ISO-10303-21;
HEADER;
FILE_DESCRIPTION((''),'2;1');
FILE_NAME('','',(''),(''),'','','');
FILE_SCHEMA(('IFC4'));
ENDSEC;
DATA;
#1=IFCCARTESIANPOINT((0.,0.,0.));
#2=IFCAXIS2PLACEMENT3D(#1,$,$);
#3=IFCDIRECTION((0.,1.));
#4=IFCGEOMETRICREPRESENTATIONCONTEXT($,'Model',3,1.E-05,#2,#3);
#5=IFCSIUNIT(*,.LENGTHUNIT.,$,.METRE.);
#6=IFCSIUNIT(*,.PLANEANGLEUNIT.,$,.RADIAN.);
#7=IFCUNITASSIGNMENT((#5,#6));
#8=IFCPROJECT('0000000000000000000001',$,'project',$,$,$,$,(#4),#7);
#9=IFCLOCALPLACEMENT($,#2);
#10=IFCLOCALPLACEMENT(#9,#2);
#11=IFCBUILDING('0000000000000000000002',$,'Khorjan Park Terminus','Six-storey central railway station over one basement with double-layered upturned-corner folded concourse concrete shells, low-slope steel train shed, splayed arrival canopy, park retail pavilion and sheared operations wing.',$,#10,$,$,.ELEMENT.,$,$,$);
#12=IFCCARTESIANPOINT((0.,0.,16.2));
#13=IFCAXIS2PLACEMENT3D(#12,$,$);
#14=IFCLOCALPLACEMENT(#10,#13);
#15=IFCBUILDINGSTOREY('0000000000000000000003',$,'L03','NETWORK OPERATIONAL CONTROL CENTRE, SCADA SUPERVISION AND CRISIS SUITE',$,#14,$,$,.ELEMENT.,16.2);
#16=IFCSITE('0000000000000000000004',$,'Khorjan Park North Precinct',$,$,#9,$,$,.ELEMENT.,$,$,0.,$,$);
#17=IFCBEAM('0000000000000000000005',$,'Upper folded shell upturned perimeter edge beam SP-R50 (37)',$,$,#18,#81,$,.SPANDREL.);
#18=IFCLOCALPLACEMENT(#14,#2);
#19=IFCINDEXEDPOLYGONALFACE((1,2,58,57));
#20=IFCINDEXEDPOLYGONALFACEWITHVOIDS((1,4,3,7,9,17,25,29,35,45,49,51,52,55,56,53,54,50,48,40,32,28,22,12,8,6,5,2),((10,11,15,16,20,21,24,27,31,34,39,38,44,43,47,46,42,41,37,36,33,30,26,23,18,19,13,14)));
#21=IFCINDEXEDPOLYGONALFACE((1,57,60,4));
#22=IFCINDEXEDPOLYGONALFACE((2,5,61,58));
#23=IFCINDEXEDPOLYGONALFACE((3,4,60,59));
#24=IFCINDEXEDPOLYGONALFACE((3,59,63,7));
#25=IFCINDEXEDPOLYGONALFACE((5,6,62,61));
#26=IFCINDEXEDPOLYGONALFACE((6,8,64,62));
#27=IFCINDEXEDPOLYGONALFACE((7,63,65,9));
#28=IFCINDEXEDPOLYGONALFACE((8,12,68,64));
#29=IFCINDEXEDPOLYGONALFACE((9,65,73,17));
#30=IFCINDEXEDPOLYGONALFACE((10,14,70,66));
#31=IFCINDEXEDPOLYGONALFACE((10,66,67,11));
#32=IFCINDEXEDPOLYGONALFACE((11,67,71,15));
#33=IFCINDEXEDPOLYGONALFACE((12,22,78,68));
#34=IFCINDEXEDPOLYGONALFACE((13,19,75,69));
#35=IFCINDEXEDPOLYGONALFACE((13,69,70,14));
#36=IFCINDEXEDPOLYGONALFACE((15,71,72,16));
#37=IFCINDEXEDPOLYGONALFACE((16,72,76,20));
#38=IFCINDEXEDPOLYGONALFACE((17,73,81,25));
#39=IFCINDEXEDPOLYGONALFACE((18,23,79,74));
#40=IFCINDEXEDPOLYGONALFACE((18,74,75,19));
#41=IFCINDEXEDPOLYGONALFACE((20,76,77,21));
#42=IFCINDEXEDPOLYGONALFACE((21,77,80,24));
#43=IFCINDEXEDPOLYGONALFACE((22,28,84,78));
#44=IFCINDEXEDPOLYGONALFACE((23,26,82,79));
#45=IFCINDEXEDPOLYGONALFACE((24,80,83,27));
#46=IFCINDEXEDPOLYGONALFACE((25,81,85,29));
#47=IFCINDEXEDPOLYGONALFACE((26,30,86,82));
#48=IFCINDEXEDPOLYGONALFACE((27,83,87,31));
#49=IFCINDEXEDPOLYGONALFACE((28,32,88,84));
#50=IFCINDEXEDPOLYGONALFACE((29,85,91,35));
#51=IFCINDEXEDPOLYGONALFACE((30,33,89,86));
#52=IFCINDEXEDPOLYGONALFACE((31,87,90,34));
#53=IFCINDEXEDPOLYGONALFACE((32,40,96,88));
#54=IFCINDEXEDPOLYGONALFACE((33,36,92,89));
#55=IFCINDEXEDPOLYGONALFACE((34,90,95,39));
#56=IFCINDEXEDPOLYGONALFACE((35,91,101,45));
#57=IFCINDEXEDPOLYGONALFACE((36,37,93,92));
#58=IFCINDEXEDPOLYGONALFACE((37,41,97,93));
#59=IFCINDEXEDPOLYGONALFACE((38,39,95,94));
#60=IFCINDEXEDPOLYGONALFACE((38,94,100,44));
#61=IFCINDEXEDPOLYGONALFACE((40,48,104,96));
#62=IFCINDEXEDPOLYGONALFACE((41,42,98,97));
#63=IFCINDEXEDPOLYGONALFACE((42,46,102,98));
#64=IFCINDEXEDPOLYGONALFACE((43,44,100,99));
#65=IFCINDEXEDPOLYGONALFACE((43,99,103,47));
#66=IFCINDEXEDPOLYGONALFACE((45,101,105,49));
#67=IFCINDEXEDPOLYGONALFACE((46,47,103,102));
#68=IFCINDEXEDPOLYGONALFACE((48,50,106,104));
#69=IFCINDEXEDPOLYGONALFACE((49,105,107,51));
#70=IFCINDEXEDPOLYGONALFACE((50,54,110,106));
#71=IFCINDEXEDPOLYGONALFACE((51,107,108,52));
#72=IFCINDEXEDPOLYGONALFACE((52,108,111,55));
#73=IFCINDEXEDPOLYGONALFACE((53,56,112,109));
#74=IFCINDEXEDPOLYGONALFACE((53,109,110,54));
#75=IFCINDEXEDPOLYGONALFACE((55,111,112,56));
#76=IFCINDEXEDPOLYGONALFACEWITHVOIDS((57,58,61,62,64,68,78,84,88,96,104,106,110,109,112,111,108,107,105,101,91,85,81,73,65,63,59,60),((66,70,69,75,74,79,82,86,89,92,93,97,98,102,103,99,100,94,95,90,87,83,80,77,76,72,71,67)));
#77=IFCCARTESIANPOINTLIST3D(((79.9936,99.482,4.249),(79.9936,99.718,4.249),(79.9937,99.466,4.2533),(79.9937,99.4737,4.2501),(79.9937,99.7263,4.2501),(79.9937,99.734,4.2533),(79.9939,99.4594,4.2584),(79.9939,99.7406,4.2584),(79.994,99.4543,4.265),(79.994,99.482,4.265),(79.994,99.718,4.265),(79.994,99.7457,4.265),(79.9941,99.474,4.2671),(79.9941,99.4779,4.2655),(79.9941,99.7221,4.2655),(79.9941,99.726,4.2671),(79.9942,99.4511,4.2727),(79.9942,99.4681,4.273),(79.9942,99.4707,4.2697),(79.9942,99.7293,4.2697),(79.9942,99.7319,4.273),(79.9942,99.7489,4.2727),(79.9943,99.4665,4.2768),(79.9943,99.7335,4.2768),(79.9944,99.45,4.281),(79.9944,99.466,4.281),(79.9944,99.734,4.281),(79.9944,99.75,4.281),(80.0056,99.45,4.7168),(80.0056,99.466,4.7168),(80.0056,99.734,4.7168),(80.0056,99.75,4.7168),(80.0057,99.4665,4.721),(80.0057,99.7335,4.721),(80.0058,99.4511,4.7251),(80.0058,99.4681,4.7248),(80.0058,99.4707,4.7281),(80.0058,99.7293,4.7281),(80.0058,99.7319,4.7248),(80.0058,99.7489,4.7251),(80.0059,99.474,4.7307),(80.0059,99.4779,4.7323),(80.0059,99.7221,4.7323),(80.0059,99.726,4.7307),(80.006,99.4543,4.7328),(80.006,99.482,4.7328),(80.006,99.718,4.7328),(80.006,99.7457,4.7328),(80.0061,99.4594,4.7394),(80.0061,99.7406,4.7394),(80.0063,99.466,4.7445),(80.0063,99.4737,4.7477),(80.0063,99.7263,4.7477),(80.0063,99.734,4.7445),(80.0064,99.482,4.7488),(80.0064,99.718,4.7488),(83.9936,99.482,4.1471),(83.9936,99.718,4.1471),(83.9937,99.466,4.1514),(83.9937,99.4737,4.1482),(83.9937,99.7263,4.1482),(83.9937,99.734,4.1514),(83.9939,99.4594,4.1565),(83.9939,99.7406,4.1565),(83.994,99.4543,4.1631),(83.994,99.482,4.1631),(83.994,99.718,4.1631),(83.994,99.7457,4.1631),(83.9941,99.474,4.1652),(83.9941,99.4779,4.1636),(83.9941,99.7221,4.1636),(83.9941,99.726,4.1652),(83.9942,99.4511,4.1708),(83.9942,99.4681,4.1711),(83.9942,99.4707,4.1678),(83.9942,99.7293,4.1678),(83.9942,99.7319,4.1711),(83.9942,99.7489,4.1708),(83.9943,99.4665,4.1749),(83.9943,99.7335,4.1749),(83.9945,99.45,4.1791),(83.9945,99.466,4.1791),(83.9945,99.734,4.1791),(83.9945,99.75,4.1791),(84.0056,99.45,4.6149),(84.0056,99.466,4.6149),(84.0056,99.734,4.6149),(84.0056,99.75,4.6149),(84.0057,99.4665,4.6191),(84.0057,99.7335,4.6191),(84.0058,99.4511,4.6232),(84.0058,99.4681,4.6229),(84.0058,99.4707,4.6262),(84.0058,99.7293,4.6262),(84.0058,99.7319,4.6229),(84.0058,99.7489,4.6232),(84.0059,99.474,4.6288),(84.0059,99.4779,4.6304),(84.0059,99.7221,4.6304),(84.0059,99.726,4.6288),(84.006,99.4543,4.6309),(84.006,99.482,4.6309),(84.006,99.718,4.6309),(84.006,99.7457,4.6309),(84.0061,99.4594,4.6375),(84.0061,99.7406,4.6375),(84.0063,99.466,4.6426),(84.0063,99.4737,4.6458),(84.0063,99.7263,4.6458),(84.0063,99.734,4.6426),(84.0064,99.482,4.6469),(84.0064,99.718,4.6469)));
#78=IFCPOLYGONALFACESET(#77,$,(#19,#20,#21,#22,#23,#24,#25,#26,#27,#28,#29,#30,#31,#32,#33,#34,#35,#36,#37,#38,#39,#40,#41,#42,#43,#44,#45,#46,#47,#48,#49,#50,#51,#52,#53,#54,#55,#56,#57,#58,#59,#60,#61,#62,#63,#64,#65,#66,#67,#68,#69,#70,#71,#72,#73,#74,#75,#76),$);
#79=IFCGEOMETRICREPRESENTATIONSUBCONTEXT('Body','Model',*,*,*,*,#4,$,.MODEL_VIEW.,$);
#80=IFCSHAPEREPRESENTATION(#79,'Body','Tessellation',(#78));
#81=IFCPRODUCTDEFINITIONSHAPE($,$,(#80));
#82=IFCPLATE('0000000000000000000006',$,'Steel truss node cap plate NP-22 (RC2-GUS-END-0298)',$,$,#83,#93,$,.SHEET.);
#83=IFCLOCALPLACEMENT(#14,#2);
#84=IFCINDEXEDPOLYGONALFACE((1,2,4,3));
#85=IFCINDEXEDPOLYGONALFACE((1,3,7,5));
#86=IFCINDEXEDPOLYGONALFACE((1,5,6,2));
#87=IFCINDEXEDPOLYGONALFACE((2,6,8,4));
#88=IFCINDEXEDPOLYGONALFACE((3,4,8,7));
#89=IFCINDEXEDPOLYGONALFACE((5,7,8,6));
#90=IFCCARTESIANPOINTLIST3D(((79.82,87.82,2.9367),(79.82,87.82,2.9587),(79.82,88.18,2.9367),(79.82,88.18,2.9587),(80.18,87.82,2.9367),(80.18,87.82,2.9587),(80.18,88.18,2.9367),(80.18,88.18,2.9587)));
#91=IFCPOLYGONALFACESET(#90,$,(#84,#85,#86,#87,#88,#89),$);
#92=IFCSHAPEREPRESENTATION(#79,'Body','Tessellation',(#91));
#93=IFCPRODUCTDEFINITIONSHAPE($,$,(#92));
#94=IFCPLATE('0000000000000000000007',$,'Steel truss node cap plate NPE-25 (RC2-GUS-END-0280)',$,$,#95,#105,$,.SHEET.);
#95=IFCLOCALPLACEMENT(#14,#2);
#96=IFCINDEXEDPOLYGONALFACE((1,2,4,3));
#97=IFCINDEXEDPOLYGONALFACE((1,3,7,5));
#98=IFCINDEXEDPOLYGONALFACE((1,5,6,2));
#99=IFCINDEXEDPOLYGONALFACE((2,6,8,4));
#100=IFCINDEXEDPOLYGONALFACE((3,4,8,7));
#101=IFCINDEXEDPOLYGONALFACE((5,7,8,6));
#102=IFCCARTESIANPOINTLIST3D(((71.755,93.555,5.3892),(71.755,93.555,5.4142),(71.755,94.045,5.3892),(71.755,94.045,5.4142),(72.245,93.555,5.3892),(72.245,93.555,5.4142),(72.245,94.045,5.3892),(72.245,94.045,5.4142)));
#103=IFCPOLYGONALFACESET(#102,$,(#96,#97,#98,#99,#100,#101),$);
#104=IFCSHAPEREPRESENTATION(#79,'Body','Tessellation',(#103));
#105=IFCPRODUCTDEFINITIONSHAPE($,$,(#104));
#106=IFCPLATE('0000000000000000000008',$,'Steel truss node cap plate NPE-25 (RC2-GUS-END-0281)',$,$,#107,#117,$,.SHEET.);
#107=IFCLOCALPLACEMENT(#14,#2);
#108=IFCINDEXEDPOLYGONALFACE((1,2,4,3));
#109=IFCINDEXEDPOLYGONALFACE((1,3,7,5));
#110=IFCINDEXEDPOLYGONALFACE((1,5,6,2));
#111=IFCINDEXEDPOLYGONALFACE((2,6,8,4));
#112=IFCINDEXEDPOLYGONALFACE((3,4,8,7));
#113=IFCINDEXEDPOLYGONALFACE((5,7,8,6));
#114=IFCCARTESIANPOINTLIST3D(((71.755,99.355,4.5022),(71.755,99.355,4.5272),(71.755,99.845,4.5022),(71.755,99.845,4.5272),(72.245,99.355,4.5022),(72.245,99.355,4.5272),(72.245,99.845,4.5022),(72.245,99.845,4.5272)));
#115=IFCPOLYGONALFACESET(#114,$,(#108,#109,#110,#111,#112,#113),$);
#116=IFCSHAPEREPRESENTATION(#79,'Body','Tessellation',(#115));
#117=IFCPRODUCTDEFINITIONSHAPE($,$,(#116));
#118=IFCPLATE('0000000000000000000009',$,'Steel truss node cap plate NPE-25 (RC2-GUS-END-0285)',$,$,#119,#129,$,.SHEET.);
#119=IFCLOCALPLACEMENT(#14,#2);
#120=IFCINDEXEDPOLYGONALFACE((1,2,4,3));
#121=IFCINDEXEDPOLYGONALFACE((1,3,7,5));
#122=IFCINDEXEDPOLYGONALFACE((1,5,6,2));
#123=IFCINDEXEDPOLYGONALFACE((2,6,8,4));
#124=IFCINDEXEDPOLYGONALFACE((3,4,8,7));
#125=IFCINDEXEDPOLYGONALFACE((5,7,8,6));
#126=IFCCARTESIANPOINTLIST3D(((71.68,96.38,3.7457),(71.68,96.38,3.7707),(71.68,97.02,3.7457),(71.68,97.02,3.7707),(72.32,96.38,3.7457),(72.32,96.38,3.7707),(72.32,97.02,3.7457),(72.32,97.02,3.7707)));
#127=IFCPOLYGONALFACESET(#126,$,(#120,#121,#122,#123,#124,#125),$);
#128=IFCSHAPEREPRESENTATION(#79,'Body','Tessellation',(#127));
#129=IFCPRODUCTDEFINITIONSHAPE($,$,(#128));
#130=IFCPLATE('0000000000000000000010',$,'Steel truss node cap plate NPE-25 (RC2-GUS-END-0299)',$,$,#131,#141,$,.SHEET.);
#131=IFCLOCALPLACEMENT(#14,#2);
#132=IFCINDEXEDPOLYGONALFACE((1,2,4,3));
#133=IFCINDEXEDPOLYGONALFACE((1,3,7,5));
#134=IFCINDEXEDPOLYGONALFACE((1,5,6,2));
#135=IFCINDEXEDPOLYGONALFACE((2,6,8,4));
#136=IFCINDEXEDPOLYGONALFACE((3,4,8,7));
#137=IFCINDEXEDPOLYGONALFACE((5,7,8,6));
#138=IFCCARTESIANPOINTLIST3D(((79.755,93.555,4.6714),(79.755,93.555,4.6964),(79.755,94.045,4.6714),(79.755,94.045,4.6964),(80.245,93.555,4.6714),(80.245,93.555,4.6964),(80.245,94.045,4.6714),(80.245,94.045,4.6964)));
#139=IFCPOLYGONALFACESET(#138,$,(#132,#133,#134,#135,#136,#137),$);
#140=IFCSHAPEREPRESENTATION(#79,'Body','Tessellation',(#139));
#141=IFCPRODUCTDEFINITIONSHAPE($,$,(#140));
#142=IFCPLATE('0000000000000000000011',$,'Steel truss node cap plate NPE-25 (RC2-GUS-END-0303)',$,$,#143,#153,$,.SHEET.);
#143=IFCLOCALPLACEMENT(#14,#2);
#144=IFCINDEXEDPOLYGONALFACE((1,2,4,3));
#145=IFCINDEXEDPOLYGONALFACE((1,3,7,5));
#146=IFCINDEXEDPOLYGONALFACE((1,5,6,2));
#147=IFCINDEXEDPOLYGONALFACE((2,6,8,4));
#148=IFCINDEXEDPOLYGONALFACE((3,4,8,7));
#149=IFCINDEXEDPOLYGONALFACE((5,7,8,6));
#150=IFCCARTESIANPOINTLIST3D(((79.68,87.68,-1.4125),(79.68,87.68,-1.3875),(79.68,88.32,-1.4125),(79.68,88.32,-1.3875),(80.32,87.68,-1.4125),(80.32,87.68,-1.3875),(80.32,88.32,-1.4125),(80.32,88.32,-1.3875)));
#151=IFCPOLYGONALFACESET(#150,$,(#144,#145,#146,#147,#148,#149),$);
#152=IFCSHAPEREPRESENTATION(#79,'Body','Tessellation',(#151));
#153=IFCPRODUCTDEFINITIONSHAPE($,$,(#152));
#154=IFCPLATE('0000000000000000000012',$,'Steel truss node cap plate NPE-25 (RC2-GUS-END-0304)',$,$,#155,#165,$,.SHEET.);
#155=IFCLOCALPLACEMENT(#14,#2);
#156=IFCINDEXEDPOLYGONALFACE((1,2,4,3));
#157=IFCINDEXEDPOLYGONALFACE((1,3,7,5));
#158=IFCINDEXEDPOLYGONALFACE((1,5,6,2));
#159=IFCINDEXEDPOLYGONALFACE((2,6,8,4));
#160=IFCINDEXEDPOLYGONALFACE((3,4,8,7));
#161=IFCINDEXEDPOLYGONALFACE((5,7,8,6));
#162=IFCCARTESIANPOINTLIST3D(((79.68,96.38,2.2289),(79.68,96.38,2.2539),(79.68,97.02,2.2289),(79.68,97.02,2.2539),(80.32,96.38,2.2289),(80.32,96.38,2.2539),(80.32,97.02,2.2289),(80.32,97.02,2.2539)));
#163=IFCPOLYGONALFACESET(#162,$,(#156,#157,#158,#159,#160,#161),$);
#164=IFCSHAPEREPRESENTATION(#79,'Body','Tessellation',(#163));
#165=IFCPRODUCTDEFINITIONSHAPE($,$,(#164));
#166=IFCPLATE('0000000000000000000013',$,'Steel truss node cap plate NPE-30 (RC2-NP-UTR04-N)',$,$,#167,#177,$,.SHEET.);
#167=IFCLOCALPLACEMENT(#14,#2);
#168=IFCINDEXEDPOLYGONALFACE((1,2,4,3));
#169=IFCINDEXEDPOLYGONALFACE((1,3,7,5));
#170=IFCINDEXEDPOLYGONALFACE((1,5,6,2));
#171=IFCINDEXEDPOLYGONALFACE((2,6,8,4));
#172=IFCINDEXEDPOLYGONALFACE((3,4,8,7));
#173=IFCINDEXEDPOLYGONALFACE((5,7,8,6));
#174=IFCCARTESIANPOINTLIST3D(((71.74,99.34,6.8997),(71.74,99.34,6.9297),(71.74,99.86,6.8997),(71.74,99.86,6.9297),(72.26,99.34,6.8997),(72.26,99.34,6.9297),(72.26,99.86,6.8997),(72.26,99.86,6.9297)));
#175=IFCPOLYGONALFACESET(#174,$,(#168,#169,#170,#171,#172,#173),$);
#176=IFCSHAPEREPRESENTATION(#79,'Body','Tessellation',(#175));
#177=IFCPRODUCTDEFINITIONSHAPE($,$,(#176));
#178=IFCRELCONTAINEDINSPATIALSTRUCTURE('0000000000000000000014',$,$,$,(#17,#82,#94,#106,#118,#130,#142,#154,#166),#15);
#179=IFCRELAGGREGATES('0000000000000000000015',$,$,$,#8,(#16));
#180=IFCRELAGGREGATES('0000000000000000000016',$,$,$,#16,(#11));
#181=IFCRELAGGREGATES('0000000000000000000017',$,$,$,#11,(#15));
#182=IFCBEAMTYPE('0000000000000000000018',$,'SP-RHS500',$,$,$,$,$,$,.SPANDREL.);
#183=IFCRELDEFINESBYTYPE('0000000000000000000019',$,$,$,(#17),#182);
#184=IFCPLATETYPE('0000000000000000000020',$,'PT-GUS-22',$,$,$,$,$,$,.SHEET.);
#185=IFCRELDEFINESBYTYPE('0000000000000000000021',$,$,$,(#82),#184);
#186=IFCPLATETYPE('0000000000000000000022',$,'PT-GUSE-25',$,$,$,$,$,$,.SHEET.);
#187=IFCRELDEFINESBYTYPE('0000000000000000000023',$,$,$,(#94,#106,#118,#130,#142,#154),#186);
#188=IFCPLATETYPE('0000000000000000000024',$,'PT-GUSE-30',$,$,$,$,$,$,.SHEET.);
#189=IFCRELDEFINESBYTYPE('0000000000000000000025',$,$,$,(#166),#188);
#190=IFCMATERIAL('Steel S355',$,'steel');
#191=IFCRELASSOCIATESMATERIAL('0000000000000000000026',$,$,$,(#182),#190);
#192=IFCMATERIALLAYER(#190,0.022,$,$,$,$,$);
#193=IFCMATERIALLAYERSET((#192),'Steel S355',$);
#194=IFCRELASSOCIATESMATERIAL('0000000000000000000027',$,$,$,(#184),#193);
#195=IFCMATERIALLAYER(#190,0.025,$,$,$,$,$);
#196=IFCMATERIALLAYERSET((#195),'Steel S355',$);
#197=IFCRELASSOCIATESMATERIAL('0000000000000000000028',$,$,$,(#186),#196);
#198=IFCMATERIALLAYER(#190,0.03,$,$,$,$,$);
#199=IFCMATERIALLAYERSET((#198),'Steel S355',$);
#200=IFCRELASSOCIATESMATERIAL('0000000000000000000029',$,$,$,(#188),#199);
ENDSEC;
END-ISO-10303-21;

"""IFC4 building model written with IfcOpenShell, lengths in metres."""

from ifc_helpers import new_model, si_unit, direction, frame, origin, origin_2d, place, context, subcontext, project, spatial, rectangle, hollow_rectangle, extrude, material, layer, layer_set, material_profile, profile_set, type_object, element, save


model = new_model("IFC4")

# Units and contexts
model_context = context("Model", 3, precision=1e-05, world=origin(), true_north=direction((0.0, 1.0)))
body_context = subcontext(model_context, "Body", "Model", "MODEL_VIEW")
ifc_project = project(units=[si_unit("LENGTHUNIT", "METRE"), si_unit("PLANEANGLEUNIT", "RADIAN")], contexts=[model_context])

# Site, building, storey
site_placement = place(None, origin())
site = spatial("IfcSite", under=ifc_project, at=site_placement, Name="Khorjan Park North Precinct", CompositionType="ELEMENT", RefElevation=0.0)
building_placement = place(site_placement, origin())
building = spatial("IfcBuilding", under=site, at=building_placement, Name="Khorjan Park Terminus", Description="Six-storey central railway station over one basement with double-layered upturned-corner folded concourse concrete shells, low-slope steel train shed, splayed arrival canopy, park retail pavilion and sheared operations wing.", CompositionType="ELEMENT")
storey_placement = place(building_placement, frame((0.0, 0.0, 16.2)))
storey = spatial("IfcBuildingStorey", under=building, at=storey_placement, Name="L03", Description="NETWORK OPERATIONAL CONTROL CENTRE, SCADA SUPERVISION AND CRISIS SUITE", CompositionType="ELEMENT", Elevation=16.2)

# Shared definitions
ifc_material_1 = material(Name="Steel S355", Category="steel")

# Beam
ifc_material_profile_1 = material_profile(ifc_material_1, hollow_rectangle(XDim=0.3, YDim=0.5, WallThickness=0.016, InnerFilletRadius=0.016, OuterFilletRadius=0.032, at=origin_2d()), Name="RHS 500x300x16")
ifc_profile_set_1 = profile_set([ifc_material_profile_1], Name="Steel S355")
beam_type_1 = type_object("IfcBeamType", Name="SP-RHS500", PredefinedType="SPANDREL", material=ifc_profile_set_1)
beam_1_placement = place(storey_placement, frame((80.0, 99.6, 4.4989), z_axis=(0.999676, 0.0, -0.025467), x_axis=(0.0, 1.0, 0.0)))
element("IfcBeam", 1, at=beam_1_placement, inside=storey, type_object=beam_type_1, Name="Upper folded shell upturned perimeter edge beam SP-R50 (37)", PredefinedType="SPANDREL", context=body_context, shape_type="SweptSolid", body=[
    extrude(hollow_rectangle(XDim=0.3, YDim=0.5, WallThickness=0.016, InnerFilletRadius=0.016, OuterFilletRadius=0.032, at=origin_2d()), origin(), (0.0, 0.0, 1.0), 4.0013),
])

# Plates
ifc_layer_1 = layer(ifc_material_1, 0.022)
ifc_layer_set_1 = layer_set([ifc_layer_1], Name="Steel S355")
plate_type_1 = type_object("IfcPlateType", Name="PT-GUS-22", PredefinedType="SHEET", material=ifc_layer_set_1)
plate_1_placement = place(storey_placement, frame((80.0, 88.0, 2.9367), z_axis=(0.0, 0.0, 1.0), x_axis=(1.0, 0.0, 0.0)))
element("IfcPlate", 2, at=plate_1_placement, inside=storey, type_object=plate_type_1, Name="Steel truss node cap plate NP-22 (RC2-GUS-END-0298)", PredefinedType="SHEET", context=body_context, shape_type="SweptSolid", body=[
    extrude(rectangle(XDim=0.36, YDim=0.36, at=origin_2d()), origin(), (0.0, 0.0, 1.0), 0.022),
])
ifc_layer_2 = layer(ifc_material_1, 0.025)
ifc_layer_set_2 = layer_set([ifc_layer_2], Name="Steel S355")
plate_type_2 = type_object("IfcPlateType", Name="PT-GUSE-25", PredefinedType="SHEET", material=ifc_layer_set_2)
for number, where, z_axis, x_axis, name in (
    (3, (72.0, 93.8, 5.3892), (0.0, 0.0, 1.0), (1.0, 0.0, 0.0), "Steel truss node cap plate NPE-25 (RC2-GUS-END-0280)"),
    (4, (72.0, 99.6, 4.5022), (0.0, 0.0, 1.0), (1.0, 0.0, 0.0), "Steel truss node cap plate NPE-25 (RC2-GUS-END-0281)"),
):
    element("IfcPlate", number, at=place(storey_placement, frame(where, z_axis=z_axis, x_axis=x_axis)), inside=storey, type_object=plate_type_2, Name=name, PredefinedType="SHEET", context=body_context, shape_type="SweptSolid", body=[
        extrude(rectangle(XDim=0.49, YDim=0.49, at=origin_2d()), origin(), (0.0, 0.0, 1.0), 0.025),
    ])
plate_2_placement = place(storey_placement, frame((72.0, 96.7, 3.7457), z_axis=(0.0, 0.0, 1.0), x_axis=(1.0, 0.0, 0.0)))
element("IfcPlate", 5, at=plate_2_placement, inside=storey, type_object=plate_type_2, Name="Steel truss node cap plate NPE-25 (RC2-GUS-END-0285)", PredefinedType="SHEET", context=body_context, shape_type="SweptSolid", body=[
    extrude(rectangle(XDim=0.64, YDim=0.64, at=origin_2d()), origin(), (0.0, 0.0, 1.0), 0.025),
])
plate_3_placement = place(storey_placement, frame((80.0, 93.8, 4.6714), z_axis=(0.0, 0.0, 1.0), x_axis=(1.0, 0.0, 0.0)))
element("IfcPlate", 6, at=plate_3_placement, inside=storey, type_object=plate_type_2, Name="Steel truss node cap plate NPE-25 (RC2-GUS-END-0299)", PredefinedType="SHEET", context=body_context, shape_type="SweptSolid", body=[
    extrude(rectangle(XDim=0.49, YDim=0.49, at=origin_2d()), origin(), (0.0, 0.0, 1.0), 0.025),
])
for number, where, z_axis, x_axis, name in (
    (7, (80.0, 88.0, -1.4125), (0.0, 0.0, 1.0), (1.0, 0.0, 0.0), "Steel truss node cap plate NPE-25 (RC2-GUS-END-0303)"),
    (8, (80.0, 96.7, 2.2289), (0.0, 0.0, 1.0), (1.0, 0.0, 0.0), "Steel truss node cap plate NPE-25 (RC2-GUS-END-0304)"),
):
    element("IfcPlate", number, at=place(storey_placement, frame(where, z_axis=z_axis, x_axis=x_axis)), inside=storey, type_object=plate_type_2, Name=name, PredefinedType="SHEET", context=body_context, shape_type="SweptSolid", body=[
        extrude(rectangle(XDim=0.64, YDim=0.64, at=origin_2d()), origin(), (0.0, 0.0, 1.0), 0.025),
    ])
ifc_layer_3 = layer(ifc_material_1, 0.03)
ifc_layer_set_3 = layer_set([ifc_layer_3], Name="Steel S355")
plate_type_3 = type_object("IfcPlateType", Name="PT-GUSE-30", PredefinedType="SHEET", material=ifc_layer_set_3)
plate_4_placement = place(storey_placement, frame((72.0, 99.6, 6.8997), z_axis=(0.0, 0.0, 1.0), x_axis=(1.0, 0.0, 0.0)))
element("IfcPlate", 9, at=plate_4_placement, inside=storey, type_object=plate_type_3, Name="Steel truss node cap plate NPE-30 (RC2-NP-UTR04-N)", PredefinedType="SHEET", context=body_context, shape_type="SweptSolid", body=[
    extrude(rectangle(XDim=0.52, YDim=0.52, at=origin_2d()), origin(), (0.0, 0.0, 1.0), 0.03),
])

save(model, "model.ifc")
